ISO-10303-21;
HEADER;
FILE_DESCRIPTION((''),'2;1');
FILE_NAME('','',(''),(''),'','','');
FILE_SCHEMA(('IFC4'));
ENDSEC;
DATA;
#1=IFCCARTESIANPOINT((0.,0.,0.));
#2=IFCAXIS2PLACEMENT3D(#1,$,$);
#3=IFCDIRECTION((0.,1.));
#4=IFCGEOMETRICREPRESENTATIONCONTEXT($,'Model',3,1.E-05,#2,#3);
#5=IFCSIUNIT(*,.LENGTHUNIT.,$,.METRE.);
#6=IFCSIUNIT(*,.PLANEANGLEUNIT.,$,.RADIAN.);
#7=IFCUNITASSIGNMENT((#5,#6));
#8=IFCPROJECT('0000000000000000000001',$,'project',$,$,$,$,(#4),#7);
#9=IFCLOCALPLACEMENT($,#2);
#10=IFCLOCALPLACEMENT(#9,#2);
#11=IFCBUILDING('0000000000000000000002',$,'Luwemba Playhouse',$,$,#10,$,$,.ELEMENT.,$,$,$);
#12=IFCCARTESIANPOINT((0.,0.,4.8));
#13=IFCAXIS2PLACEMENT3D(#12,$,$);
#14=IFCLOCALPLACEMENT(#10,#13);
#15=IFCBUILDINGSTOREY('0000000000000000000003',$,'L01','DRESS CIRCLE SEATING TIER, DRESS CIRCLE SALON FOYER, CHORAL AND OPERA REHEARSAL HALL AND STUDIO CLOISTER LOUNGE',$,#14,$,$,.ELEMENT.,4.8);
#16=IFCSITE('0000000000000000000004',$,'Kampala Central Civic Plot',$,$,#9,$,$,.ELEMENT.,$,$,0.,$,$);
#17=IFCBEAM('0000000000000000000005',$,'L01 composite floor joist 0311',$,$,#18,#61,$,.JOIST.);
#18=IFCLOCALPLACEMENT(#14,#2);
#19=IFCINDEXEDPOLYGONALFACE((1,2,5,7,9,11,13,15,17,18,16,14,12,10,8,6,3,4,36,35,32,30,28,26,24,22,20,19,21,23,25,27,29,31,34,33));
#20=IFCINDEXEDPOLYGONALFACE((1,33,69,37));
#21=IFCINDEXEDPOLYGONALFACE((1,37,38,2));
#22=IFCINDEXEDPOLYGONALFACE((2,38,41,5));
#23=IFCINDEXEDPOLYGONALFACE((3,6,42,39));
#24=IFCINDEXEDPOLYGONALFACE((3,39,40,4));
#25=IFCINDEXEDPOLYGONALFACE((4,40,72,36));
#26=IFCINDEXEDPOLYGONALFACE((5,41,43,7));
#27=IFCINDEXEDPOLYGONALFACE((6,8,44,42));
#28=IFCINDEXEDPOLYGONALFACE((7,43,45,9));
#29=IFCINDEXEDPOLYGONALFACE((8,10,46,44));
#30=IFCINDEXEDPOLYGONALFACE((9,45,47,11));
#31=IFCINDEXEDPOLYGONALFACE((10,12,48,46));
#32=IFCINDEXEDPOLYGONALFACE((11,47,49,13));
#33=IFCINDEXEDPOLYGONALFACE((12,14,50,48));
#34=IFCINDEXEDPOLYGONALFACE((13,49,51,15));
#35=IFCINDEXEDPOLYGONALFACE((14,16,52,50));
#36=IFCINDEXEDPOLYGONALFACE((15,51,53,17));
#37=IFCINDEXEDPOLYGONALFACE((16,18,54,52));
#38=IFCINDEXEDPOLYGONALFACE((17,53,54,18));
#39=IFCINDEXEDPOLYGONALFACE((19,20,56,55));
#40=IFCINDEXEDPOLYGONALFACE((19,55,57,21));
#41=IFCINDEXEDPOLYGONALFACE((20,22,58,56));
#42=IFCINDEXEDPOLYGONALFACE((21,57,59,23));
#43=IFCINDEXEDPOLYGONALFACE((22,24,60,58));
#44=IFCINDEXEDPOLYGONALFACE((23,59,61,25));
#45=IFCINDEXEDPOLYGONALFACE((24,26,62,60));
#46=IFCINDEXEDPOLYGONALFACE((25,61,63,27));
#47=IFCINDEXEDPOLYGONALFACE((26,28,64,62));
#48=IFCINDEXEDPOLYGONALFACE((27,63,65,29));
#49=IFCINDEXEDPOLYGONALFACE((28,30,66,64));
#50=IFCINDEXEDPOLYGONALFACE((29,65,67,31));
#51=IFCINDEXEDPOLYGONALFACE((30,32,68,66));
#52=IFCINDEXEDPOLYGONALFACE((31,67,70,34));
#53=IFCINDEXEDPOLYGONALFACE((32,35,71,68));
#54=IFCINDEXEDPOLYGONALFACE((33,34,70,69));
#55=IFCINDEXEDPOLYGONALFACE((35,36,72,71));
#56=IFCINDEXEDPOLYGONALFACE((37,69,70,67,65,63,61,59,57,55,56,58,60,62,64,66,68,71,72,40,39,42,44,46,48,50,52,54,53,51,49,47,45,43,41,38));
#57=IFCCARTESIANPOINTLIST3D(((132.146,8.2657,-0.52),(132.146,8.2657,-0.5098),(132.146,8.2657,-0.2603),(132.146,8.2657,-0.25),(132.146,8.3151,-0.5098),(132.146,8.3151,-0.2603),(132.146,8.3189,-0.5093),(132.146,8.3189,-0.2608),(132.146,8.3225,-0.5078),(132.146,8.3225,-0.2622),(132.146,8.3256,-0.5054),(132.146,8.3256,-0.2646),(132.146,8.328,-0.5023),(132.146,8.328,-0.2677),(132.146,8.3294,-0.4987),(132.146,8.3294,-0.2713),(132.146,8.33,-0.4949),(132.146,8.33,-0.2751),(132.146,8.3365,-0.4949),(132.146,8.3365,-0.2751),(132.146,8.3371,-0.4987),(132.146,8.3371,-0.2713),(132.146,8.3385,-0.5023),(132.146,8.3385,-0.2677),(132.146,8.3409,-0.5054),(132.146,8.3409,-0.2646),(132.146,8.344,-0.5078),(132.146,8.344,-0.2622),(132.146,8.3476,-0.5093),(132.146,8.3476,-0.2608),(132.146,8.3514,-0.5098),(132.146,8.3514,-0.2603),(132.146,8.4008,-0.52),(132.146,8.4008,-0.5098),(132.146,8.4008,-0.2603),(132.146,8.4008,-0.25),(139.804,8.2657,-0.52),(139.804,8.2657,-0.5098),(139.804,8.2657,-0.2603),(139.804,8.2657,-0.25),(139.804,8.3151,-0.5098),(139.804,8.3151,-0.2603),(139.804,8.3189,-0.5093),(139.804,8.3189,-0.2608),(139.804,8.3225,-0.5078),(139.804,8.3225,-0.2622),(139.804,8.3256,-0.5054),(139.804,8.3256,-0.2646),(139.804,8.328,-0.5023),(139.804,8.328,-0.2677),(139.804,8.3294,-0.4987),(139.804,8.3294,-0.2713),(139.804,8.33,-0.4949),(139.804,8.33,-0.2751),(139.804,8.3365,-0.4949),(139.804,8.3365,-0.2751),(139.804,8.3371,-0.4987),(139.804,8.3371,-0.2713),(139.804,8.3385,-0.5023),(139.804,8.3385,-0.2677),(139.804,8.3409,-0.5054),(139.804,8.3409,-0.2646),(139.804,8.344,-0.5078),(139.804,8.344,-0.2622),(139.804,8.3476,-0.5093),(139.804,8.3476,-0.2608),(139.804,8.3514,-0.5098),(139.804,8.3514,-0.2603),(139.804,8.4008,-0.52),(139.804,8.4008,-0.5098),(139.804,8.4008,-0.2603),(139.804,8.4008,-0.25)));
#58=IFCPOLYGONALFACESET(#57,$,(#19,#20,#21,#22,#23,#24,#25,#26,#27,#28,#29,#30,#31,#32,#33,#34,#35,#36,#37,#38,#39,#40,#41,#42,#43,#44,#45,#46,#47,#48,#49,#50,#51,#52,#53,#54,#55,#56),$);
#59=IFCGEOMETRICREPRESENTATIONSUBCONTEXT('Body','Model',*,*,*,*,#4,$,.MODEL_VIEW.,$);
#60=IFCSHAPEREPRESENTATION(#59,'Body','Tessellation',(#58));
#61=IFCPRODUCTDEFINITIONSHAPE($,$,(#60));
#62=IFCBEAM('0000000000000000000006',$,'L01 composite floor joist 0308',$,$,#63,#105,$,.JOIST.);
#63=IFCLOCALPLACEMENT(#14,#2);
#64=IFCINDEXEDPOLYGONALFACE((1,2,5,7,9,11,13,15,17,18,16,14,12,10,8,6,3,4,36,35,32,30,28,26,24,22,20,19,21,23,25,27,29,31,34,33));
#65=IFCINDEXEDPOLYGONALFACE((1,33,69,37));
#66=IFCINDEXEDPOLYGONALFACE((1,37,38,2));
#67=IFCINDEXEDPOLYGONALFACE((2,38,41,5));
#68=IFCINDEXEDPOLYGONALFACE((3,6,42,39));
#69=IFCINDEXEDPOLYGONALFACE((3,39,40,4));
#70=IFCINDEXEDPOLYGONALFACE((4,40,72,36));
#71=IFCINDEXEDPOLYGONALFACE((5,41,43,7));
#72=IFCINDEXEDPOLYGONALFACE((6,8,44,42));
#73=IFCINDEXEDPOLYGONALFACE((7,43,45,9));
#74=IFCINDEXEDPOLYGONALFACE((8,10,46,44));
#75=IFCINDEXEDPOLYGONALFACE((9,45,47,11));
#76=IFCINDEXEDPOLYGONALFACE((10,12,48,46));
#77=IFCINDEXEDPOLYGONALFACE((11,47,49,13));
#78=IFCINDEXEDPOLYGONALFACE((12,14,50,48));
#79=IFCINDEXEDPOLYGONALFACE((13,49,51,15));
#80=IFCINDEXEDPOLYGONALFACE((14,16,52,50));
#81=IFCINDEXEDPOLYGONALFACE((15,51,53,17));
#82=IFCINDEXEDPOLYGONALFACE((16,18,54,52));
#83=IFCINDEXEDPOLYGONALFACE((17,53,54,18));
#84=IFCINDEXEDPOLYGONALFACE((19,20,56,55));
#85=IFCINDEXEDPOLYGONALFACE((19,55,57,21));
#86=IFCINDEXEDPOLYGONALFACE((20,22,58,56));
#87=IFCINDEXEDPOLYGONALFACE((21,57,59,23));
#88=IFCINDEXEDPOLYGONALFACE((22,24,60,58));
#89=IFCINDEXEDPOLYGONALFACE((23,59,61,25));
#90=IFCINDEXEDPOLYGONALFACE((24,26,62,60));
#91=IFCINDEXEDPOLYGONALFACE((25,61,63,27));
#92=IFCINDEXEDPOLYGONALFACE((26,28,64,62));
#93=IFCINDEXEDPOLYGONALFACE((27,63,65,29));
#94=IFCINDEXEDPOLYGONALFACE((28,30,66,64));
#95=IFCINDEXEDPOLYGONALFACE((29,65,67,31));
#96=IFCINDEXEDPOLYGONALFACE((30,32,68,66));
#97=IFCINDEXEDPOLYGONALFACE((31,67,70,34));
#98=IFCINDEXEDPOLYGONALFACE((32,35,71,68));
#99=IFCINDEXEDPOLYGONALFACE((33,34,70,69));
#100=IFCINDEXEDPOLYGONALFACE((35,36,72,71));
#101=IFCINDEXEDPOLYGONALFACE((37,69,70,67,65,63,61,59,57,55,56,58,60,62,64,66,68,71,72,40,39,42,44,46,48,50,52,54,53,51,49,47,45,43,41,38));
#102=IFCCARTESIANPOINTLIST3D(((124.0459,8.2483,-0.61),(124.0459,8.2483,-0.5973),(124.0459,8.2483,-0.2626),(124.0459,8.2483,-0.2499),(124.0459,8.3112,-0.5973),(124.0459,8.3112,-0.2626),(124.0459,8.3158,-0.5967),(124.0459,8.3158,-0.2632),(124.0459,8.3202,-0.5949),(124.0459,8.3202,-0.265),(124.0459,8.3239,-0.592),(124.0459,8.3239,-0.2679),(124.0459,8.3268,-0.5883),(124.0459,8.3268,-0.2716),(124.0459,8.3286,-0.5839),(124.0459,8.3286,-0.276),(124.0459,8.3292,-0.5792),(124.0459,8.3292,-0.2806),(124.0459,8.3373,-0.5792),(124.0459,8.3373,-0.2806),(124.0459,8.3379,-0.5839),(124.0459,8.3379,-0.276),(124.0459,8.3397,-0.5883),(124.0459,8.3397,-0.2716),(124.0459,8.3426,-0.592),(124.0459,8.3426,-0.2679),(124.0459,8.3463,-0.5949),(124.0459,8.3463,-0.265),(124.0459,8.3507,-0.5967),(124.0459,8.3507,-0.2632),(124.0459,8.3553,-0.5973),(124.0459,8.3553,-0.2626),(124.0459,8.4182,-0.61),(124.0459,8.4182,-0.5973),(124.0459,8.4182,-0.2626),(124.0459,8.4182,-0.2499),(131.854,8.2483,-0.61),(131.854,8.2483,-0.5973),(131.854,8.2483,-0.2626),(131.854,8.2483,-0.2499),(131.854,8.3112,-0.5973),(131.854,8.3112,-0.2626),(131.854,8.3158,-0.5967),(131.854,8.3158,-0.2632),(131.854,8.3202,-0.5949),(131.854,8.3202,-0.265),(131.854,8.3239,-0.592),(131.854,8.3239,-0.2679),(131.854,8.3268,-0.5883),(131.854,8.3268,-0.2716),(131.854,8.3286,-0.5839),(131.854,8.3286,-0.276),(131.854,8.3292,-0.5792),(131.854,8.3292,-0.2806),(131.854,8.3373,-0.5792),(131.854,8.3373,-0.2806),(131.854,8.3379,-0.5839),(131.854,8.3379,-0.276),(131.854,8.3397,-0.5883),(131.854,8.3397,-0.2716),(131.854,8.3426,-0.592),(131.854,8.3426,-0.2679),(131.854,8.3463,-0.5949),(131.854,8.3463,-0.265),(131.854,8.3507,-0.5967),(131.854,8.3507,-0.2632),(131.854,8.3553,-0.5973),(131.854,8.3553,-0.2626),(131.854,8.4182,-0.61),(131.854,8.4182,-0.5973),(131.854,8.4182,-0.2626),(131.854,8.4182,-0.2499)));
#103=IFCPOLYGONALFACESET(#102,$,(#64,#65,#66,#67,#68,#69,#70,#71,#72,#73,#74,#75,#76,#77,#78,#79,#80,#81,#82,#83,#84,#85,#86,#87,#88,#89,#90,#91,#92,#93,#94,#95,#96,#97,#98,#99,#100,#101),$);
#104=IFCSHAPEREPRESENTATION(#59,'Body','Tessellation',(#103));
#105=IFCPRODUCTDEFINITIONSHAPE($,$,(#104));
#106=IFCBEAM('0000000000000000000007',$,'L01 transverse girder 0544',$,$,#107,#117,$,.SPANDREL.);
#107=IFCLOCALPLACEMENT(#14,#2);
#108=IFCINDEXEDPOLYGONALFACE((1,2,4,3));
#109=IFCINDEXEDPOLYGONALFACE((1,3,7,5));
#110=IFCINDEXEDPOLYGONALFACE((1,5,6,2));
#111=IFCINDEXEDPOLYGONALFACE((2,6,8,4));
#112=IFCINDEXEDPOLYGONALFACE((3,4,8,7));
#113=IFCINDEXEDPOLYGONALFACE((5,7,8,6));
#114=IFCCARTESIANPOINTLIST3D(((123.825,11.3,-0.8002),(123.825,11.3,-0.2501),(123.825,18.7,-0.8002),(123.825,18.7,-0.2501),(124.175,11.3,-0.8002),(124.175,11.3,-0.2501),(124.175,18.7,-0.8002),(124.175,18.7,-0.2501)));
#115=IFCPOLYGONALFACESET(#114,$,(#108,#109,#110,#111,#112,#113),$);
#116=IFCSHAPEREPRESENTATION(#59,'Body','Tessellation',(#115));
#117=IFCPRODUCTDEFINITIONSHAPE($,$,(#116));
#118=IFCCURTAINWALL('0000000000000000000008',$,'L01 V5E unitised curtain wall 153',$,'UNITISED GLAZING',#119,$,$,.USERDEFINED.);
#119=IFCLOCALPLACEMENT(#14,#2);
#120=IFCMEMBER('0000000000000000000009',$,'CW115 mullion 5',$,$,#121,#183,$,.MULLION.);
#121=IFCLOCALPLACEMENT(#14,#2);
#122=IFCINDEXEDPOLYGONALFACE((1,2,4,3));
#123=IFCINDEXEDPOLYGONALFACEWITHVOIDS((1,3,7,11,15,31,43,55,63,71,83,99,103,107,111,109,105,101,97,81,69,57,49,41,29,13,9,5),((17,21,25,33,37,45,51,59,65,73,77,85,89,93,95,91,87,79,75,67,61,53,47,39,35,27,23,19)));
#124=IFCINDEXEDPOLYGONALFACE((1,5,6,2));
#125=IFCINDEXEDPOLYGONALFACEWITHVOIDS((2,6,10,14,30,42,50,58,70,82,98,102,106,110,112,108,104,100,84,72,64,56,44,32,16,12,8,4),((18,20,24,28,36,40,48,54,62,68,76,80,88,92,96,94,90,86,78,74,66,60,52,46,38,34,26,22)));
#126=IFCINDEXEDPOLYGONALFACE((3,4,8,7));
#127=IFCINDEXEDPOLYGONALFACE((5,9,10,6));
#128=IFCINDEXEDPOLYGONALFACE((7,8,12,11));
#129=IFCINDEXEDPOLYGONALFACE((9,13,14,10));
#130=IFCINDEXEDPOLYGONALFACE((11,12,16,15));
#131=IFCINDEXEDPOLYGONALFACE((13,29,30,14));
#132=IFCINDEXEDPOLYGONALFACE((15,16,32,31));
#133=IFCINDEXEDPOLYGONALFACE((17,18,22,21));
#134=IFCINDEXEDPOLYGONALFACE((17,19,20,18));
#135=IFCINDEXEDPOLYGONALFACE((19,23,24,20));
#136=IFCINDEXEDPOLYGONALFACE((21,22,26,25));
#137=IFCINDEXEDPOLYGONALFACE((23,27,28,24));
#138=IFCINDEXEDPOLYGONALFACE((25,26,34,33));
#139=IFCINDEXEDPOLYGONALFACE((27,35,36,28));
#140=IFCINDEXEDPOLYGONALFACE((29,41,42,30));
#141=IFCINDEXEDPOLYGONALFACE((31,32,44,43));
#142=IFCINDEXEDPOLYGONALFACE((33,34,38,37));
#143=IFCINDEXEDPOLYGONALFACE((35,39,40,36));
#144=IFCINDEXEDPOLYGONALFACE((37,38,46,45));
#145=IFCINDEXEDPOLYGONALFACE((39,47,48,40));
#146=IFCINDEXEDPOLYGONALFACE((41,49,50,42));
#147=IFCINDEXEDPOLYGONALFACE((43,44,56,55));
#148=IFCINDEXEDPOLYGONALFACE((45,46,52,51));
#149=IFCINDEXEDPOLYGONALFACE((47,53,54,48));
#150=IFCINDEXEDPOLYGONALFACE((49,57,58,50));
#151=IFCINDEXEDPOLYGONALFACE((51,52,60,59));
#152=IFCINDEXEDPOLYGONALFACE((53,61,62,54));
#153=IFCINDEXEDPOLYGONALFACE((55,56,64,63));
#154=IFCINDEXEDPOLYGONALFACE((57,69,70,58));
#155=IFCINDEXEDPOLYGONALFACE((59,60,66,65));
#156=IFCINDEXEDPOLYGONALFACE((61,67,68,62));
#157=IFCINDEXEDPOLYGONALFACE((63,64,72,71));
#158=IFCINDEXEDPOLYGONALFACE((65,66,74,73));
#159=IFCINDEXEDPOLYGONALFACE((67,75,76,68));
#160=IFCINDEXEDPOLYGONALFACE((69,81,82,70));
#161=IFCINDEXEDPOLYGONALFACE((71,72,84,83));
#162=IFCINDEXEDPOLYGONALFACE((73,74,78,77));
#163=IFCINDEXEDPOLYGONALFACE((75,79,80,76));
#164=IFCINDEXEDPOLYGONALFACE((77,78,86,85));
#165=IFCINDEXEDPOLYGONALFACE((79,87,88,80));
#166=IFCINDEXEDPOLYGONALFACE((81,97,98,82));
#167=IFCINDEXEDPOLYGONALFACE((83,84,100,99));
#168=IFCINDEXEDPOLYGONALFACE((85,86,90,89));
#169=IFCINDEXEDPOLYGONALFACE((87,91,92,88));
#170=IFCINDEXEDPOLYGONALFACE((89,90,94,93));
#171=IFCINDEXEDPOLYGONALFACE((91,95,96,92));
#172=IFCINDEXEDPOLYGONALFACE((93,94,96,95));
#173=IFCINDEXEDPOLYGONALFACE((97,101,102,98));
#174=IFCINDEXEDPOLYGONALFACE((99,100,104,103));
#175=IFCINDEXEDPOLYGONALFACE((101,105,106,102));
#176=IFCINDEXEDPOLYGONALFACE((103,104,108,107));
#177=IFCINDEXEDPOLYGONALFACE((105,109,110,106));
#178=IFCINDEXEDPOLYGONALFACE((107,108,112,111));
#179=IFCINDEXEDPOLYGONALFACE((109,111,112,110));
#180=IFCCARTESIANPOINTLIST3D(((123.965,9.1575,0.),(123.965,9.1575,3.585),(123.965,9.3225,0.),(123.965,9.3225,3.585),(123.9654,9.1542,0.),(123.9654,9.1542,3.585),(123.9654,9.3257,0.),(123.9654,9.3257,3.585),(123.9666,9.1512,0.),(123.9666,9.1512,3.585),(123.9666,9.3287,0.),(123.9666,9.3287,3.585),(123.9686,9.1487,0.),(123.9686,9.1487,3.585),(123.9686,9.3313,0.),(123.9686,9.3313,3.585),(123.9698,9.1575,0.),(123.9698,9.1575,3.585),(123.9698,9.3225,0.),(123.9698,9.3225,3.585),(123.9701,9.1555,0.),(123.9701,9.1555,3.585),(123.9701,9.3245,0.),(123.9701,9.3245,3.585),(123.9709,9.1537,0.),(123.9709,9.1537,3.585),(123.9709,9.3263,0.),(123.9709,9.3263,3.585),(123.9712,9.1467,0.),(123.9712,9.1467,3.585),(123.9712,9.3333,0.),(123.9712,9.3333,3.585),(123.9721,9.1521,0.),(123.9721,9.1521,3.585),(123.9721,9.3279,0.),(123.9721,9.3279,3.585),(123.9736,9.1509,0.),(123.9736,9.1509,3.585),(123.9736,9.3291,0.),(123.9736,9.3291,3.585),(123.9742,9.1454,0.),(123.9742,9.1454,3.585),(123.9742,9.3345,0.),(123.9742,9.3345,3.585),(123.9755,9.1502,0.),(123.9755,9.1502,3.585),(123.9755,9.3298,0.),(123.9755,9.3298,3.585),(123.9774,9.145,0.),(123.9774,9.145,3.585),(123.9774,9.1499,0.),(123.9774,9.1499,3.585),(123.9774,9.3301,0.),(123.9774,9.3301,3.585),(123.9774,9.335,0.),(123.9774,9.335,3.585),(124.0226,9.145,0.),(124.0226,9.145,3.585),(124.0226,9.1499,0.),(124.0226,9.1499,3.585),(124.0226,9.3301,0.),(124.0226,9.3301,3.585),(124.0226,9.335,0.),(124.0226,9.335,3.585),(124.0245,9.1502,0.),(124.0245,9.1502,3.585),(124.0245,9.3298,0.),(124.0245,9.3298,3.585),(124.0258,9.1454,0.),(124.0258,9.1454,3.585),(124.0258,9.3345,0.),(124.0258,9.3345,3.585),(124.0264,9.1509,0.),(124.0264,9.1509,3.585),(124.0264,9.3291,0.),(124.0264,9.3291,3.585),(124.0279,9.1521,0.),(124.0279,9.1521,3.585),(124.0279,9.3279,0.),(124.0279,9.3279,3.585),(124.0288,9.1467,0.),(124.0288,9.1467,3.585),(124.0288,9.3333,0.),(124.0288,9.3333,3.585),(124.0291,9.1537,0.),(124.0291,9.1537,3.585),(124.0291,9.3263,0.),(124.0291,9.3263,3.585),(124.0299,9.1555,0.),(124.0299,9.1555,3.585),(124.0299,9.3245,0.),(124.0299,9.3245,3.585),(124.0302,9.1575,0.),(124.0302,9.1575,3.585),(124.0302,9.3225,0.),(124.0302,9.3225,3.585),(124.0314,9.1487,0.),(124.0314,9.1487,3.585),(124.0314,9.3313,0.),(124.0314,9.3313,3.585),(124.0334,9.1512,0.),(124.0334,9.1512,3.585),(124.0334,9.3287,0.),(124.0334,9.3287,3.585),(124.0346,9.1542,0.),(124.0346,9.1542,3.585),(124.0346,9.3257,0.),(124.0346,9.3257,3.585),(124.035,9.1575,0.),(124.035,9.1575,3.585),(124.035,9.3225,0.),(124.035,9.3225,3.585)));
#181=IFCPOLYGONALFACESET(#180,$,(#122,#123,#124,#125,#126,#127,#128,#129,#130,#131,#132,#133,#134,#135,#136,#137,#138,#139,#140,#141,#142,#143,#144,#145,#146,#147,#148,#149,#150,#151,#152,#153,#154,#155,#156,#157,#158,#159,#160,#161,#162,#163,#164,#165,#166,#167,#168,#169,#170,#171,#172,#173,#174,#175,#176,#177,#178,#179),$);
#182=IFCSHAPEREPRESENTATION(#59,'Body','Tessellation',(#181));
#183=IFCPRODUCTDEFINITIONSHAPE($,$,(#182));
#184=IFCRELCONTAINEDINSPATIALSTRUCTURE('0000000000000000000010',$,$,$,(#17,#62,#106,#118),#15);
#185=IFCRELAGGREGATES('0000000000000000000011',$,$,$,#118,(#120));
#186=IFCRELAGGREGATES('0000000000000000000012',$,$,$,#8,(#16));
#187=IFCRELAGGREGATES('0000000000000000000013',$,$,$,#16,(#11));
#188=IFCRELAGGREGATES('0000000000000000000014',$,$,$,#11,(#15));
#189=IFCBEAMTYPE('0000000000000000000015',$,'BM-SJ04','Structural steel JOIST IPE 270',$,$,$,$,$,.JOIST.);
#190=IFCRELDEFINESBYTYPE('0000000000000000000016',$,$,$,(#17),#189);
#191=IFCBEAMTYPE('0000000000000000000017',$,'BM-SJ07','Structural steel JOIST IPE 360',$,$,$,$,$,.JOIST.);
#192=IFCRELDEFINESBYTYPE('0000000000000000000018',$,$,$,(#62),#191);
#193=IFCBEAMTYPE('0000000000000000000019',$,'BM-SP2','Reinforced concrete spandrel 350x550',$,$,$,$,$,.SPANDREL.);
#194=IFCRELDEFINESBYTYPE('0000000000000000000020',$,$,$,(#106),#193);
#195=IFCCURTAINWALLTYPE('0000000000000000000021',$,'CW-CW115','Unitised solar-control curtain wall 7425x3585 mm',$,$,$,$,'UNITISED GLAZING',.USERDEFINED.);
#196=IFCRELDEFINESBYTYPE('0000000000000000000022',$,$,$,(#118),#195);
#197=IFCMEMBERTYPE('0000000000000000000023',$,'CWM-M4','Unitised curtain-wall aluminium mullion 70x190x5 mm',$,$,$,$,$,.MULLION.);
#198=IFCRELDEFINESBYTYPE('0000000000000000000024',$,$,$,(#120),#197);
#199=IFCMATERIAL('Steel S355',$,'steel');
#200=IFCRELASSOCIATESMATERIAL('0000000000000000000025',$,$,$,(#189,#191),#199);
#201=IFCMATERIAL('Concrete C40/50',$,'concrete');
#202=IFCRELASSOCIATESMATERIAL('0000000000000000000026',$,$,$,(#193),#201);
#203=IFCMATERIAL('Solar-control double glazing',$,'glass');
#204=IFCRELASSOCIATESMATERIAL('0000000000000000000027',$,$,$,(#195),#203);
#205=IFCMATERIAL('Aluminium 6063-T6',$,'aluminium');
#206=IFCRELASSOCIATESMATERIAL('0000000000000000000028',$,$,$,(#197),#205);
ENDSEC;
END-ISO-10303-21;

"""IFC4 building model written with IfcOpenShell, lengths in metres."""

from ifc_helpers import new_model, si_unit, direction, frame, origin, origin_2d, place, context, subcontext, project, spatial, rectangle, hollow_rectangle, i_section, extrude, material, material_profile, profile_set, type_object, element, aggregate, save


model = new_model("IFC4")

# Units and contexts
model_context = context("Model", 3, precision=1e-05, world=origin(), true_north=direction((0.0, 1.0)))
body_context = subcontext(model_context, "Body", "Model", "MODEL_VIEW")
ifc_project = project(units=[si_unit("LENGTHUNIT", "METRE"), si_unit("PLANEANGLEUNIT", "RADIAN")], contexts=[model_context])

# Site, building, storey
site_placement = place(None, origin())
site = spatial("IfcSite", under=ifc_project, at=site_placement, Name="Kampala Central Civic Plot", CompositionType="ELEMENT", RefElevation=0.0)
building_placement = place(site_placement, origin())
building = spatial("IfcBuilding", under=site, at=building_placement, Name="Luwemba Playhouse", CompositionType="ELEMENT")
storey_placement = place(building_placement, frame((0.0, 0.0, 4.8)))
storey = spatial("IfcBuildingStorey", under=building, at=storey_placement, Name="L01", Description="DRESS CIRCLE SEATING TIER, DRESS CIRCLE SALON FOYER, CHORAL AND OPERA REHEARSAL HALL AND STUDIO CLOISTER LOUNGE", CompositionType="ELEMENT", Elevation=4.8)

# Shared definitions
ifc_material_1 = material(Name="Concrete C40/50", Category="concrete")

# Beams
ifc_material_2 = material(Name="Steel S355", Category="steel")
ifc_material_profile_1 = material_profile(ifc_material_2, i_section(OverallWidth=0.135, OverallDepth=0.27, WebThickness=0.0066, FlangeThickness=0.0103, FilletRadius=0.0149, at=origin_2d()))
ifc_profile_set_1 = profile_set([ifc_material_profile_1], Name="Steel S355")
beam_type_1 = type_object("IfcBeamType", Name="BM-SJ04", Description="Structural steel JOIST IPE 270", PredefinedType="JOIST", material=ifc_profile_set_1)
beam_1_placement = place(storey_placement, frame((132.146, 8.3333, -0.385), z_axis=(1.0, 0.0, 0.0), x_axis=(0.0, 1.0, 0.0)))
element("IfcBeam", 1, at=beam_1_placement, inside=storey, type_object=beam_type_1, Name="L01 composite floor joist 0311", PredefinedType="JOIST", context=body_context, shape_type="SweptSolid", body=[
    extrude(i_section(OverallWidth=0.135, OverallDepth=0.27, WebThickness=0.0066, FlangeThickness=0.0103, FilletRadius=0.0149, at=origin_2d()), origin(), (0.0, 0.0, 1.0), 7.658),
])
ifc_material_profile_2 = material_profile(ifc_material_2, i_section(OverallWidth=0.1699, OverallDepth=0.3601, WebThickness=0.0081, FlangeThickness=0.0127, FilletRadius=0.0181, at=origin_2d()))
ifc_profile_set_2 = profile_set([ifc_material_profile_2], Name="Steel S355")
beam_type_2 = type_object("IfcBeamType", Name="BM-SJ07", Description="Structural steel JOIST IPE 360", PredefinedType="JOIST", material=ifc_profile_set_2)
beam_2_placement = place(storey_placement, frame((124.0459, 8.3333, -0.4299), z_axis=(1.0, 0.0, 0.0), x_axis=(0.0, 1.0, 0.0)))
element("IfcBeam", 2, at=beam_2_placement, inside=storey, type_object=beam_type_2, Name="L01 composite floor joist 0308", PredefinedType="JOIST", context=body_context, shape_type="SweptSolid", body=[
    extrude(i_section(OverallWidth=0.1699, OverallDepth=0.3601, WebThickness=0.0081, FlangeThickness=0.0127, FilletRadius=0.0181, at=origin_2d()), origin(), (0.0, 0.0, 1.0), 7.8081),
])
ifc_material_profile_3 = material_profile(ifc_material_1, rectangle(XDim=0.3501, YDim=0.55, at=origin_2d()))
ifc_profile_set_3 = profile_set([ifc_material_profile_3], Name="Concrete C40/50")
beam_type_3 = type_object("IfcBeamType", Name="BM-SP2", Description="Reinforced concrete spandrel 350x550", PredefinedType="SPANDREL", material=ifc_profile_set_3)
beam_3_placement = place(storey_placement, frame((124.0, 11.3, -0.5251), z_axis=(0.0, 1.0, 0.0), x_axis=(-1.0, 0.0, 0.0)))
element("IfcBeam", 3, at=beam_3_placement, inside=storey, type_object=beam_type_3, Name="L01 transverse girder 0544", PredefinedType="SPANDREL", context=body_context, shape_type="SweptSolid", body=[
    extrude(rectangle(XDim=0.3501, YDim=0.55, at=origin_2d()), origin(), (0.0, 0.0, 1.0), 7.3999),
])

# Curtain wall, member
ifc_material_3 = material(Name="Solar-control double glazing", Category="glass")
curtain_wall_type = type_object("IfcCurtainWallType", Name="CW-CW115", Description="Unitised solar-control curtain wall 7425x3585 mm", ElementType="UNITISED GLAZING", PredefinedType="USERDEFINED", material=ifc_material_3)
curtain_wall_placement = place(storey_placement, origin())
curtain_wall = element("IfcCurtainWall", 4, at=curtain_wall_placement, inside=storey, type_object=curtain_wall_type, Name="L01 V5E unitised curtain wall 153", ObjectType="UNITISED GLAZING", PredefinedType="USERDEFINED")
ifc_material_4 = material(Name="Aluminium 6063-T6", Category="aluminium")
ifc_material_profile_4 = material_profile(ifc_material_4, hollow_rectangle(XDim=0.0701, YDim=0.1899, WallThickness=0.0049, InnerFilletRadius=0.0076, OuterFilletRadius=0.0125, at=origin_2d()))
ifc_profile_set_4 = profile_set([ifc_material_profile_4], Name="Aluminium 6063-T6")
member_type_1 = type_object("IfcMemberType", Name="CWM-M4", Description="Unitised curtain-wall aluminium mullion 70x190x5 mm", PredefinedType="MULLION", material=ifc_profile_set_4)
member_1_placement = place(storey_placement, frame((124.0, 9.24, 0.0), z_axis=(0.0, 0.0, 1.0), x_axis=(-1.0, 0.0, 0.0)))
member_1 = element("IfcMember", 5, at=member_1_placement, type_object=member_type_1, Name="CW115 mullion 5", PredefinedType="MULLION", context=body_context, shape_type="SweptSolid", body=[
    extrude(hollow_rectangle(XDim=0.0701, YDim=0.1899, WallThickness=0.0049, InnerFilletRadius=0.0076, OuterFilletRadius=0.0125, at=origin_2d()), origin(), (0.0, 0.0, 1.0), 3.585),
])

aggregate(curtain_wall, [member_1])

save(model, "model.ifc")
